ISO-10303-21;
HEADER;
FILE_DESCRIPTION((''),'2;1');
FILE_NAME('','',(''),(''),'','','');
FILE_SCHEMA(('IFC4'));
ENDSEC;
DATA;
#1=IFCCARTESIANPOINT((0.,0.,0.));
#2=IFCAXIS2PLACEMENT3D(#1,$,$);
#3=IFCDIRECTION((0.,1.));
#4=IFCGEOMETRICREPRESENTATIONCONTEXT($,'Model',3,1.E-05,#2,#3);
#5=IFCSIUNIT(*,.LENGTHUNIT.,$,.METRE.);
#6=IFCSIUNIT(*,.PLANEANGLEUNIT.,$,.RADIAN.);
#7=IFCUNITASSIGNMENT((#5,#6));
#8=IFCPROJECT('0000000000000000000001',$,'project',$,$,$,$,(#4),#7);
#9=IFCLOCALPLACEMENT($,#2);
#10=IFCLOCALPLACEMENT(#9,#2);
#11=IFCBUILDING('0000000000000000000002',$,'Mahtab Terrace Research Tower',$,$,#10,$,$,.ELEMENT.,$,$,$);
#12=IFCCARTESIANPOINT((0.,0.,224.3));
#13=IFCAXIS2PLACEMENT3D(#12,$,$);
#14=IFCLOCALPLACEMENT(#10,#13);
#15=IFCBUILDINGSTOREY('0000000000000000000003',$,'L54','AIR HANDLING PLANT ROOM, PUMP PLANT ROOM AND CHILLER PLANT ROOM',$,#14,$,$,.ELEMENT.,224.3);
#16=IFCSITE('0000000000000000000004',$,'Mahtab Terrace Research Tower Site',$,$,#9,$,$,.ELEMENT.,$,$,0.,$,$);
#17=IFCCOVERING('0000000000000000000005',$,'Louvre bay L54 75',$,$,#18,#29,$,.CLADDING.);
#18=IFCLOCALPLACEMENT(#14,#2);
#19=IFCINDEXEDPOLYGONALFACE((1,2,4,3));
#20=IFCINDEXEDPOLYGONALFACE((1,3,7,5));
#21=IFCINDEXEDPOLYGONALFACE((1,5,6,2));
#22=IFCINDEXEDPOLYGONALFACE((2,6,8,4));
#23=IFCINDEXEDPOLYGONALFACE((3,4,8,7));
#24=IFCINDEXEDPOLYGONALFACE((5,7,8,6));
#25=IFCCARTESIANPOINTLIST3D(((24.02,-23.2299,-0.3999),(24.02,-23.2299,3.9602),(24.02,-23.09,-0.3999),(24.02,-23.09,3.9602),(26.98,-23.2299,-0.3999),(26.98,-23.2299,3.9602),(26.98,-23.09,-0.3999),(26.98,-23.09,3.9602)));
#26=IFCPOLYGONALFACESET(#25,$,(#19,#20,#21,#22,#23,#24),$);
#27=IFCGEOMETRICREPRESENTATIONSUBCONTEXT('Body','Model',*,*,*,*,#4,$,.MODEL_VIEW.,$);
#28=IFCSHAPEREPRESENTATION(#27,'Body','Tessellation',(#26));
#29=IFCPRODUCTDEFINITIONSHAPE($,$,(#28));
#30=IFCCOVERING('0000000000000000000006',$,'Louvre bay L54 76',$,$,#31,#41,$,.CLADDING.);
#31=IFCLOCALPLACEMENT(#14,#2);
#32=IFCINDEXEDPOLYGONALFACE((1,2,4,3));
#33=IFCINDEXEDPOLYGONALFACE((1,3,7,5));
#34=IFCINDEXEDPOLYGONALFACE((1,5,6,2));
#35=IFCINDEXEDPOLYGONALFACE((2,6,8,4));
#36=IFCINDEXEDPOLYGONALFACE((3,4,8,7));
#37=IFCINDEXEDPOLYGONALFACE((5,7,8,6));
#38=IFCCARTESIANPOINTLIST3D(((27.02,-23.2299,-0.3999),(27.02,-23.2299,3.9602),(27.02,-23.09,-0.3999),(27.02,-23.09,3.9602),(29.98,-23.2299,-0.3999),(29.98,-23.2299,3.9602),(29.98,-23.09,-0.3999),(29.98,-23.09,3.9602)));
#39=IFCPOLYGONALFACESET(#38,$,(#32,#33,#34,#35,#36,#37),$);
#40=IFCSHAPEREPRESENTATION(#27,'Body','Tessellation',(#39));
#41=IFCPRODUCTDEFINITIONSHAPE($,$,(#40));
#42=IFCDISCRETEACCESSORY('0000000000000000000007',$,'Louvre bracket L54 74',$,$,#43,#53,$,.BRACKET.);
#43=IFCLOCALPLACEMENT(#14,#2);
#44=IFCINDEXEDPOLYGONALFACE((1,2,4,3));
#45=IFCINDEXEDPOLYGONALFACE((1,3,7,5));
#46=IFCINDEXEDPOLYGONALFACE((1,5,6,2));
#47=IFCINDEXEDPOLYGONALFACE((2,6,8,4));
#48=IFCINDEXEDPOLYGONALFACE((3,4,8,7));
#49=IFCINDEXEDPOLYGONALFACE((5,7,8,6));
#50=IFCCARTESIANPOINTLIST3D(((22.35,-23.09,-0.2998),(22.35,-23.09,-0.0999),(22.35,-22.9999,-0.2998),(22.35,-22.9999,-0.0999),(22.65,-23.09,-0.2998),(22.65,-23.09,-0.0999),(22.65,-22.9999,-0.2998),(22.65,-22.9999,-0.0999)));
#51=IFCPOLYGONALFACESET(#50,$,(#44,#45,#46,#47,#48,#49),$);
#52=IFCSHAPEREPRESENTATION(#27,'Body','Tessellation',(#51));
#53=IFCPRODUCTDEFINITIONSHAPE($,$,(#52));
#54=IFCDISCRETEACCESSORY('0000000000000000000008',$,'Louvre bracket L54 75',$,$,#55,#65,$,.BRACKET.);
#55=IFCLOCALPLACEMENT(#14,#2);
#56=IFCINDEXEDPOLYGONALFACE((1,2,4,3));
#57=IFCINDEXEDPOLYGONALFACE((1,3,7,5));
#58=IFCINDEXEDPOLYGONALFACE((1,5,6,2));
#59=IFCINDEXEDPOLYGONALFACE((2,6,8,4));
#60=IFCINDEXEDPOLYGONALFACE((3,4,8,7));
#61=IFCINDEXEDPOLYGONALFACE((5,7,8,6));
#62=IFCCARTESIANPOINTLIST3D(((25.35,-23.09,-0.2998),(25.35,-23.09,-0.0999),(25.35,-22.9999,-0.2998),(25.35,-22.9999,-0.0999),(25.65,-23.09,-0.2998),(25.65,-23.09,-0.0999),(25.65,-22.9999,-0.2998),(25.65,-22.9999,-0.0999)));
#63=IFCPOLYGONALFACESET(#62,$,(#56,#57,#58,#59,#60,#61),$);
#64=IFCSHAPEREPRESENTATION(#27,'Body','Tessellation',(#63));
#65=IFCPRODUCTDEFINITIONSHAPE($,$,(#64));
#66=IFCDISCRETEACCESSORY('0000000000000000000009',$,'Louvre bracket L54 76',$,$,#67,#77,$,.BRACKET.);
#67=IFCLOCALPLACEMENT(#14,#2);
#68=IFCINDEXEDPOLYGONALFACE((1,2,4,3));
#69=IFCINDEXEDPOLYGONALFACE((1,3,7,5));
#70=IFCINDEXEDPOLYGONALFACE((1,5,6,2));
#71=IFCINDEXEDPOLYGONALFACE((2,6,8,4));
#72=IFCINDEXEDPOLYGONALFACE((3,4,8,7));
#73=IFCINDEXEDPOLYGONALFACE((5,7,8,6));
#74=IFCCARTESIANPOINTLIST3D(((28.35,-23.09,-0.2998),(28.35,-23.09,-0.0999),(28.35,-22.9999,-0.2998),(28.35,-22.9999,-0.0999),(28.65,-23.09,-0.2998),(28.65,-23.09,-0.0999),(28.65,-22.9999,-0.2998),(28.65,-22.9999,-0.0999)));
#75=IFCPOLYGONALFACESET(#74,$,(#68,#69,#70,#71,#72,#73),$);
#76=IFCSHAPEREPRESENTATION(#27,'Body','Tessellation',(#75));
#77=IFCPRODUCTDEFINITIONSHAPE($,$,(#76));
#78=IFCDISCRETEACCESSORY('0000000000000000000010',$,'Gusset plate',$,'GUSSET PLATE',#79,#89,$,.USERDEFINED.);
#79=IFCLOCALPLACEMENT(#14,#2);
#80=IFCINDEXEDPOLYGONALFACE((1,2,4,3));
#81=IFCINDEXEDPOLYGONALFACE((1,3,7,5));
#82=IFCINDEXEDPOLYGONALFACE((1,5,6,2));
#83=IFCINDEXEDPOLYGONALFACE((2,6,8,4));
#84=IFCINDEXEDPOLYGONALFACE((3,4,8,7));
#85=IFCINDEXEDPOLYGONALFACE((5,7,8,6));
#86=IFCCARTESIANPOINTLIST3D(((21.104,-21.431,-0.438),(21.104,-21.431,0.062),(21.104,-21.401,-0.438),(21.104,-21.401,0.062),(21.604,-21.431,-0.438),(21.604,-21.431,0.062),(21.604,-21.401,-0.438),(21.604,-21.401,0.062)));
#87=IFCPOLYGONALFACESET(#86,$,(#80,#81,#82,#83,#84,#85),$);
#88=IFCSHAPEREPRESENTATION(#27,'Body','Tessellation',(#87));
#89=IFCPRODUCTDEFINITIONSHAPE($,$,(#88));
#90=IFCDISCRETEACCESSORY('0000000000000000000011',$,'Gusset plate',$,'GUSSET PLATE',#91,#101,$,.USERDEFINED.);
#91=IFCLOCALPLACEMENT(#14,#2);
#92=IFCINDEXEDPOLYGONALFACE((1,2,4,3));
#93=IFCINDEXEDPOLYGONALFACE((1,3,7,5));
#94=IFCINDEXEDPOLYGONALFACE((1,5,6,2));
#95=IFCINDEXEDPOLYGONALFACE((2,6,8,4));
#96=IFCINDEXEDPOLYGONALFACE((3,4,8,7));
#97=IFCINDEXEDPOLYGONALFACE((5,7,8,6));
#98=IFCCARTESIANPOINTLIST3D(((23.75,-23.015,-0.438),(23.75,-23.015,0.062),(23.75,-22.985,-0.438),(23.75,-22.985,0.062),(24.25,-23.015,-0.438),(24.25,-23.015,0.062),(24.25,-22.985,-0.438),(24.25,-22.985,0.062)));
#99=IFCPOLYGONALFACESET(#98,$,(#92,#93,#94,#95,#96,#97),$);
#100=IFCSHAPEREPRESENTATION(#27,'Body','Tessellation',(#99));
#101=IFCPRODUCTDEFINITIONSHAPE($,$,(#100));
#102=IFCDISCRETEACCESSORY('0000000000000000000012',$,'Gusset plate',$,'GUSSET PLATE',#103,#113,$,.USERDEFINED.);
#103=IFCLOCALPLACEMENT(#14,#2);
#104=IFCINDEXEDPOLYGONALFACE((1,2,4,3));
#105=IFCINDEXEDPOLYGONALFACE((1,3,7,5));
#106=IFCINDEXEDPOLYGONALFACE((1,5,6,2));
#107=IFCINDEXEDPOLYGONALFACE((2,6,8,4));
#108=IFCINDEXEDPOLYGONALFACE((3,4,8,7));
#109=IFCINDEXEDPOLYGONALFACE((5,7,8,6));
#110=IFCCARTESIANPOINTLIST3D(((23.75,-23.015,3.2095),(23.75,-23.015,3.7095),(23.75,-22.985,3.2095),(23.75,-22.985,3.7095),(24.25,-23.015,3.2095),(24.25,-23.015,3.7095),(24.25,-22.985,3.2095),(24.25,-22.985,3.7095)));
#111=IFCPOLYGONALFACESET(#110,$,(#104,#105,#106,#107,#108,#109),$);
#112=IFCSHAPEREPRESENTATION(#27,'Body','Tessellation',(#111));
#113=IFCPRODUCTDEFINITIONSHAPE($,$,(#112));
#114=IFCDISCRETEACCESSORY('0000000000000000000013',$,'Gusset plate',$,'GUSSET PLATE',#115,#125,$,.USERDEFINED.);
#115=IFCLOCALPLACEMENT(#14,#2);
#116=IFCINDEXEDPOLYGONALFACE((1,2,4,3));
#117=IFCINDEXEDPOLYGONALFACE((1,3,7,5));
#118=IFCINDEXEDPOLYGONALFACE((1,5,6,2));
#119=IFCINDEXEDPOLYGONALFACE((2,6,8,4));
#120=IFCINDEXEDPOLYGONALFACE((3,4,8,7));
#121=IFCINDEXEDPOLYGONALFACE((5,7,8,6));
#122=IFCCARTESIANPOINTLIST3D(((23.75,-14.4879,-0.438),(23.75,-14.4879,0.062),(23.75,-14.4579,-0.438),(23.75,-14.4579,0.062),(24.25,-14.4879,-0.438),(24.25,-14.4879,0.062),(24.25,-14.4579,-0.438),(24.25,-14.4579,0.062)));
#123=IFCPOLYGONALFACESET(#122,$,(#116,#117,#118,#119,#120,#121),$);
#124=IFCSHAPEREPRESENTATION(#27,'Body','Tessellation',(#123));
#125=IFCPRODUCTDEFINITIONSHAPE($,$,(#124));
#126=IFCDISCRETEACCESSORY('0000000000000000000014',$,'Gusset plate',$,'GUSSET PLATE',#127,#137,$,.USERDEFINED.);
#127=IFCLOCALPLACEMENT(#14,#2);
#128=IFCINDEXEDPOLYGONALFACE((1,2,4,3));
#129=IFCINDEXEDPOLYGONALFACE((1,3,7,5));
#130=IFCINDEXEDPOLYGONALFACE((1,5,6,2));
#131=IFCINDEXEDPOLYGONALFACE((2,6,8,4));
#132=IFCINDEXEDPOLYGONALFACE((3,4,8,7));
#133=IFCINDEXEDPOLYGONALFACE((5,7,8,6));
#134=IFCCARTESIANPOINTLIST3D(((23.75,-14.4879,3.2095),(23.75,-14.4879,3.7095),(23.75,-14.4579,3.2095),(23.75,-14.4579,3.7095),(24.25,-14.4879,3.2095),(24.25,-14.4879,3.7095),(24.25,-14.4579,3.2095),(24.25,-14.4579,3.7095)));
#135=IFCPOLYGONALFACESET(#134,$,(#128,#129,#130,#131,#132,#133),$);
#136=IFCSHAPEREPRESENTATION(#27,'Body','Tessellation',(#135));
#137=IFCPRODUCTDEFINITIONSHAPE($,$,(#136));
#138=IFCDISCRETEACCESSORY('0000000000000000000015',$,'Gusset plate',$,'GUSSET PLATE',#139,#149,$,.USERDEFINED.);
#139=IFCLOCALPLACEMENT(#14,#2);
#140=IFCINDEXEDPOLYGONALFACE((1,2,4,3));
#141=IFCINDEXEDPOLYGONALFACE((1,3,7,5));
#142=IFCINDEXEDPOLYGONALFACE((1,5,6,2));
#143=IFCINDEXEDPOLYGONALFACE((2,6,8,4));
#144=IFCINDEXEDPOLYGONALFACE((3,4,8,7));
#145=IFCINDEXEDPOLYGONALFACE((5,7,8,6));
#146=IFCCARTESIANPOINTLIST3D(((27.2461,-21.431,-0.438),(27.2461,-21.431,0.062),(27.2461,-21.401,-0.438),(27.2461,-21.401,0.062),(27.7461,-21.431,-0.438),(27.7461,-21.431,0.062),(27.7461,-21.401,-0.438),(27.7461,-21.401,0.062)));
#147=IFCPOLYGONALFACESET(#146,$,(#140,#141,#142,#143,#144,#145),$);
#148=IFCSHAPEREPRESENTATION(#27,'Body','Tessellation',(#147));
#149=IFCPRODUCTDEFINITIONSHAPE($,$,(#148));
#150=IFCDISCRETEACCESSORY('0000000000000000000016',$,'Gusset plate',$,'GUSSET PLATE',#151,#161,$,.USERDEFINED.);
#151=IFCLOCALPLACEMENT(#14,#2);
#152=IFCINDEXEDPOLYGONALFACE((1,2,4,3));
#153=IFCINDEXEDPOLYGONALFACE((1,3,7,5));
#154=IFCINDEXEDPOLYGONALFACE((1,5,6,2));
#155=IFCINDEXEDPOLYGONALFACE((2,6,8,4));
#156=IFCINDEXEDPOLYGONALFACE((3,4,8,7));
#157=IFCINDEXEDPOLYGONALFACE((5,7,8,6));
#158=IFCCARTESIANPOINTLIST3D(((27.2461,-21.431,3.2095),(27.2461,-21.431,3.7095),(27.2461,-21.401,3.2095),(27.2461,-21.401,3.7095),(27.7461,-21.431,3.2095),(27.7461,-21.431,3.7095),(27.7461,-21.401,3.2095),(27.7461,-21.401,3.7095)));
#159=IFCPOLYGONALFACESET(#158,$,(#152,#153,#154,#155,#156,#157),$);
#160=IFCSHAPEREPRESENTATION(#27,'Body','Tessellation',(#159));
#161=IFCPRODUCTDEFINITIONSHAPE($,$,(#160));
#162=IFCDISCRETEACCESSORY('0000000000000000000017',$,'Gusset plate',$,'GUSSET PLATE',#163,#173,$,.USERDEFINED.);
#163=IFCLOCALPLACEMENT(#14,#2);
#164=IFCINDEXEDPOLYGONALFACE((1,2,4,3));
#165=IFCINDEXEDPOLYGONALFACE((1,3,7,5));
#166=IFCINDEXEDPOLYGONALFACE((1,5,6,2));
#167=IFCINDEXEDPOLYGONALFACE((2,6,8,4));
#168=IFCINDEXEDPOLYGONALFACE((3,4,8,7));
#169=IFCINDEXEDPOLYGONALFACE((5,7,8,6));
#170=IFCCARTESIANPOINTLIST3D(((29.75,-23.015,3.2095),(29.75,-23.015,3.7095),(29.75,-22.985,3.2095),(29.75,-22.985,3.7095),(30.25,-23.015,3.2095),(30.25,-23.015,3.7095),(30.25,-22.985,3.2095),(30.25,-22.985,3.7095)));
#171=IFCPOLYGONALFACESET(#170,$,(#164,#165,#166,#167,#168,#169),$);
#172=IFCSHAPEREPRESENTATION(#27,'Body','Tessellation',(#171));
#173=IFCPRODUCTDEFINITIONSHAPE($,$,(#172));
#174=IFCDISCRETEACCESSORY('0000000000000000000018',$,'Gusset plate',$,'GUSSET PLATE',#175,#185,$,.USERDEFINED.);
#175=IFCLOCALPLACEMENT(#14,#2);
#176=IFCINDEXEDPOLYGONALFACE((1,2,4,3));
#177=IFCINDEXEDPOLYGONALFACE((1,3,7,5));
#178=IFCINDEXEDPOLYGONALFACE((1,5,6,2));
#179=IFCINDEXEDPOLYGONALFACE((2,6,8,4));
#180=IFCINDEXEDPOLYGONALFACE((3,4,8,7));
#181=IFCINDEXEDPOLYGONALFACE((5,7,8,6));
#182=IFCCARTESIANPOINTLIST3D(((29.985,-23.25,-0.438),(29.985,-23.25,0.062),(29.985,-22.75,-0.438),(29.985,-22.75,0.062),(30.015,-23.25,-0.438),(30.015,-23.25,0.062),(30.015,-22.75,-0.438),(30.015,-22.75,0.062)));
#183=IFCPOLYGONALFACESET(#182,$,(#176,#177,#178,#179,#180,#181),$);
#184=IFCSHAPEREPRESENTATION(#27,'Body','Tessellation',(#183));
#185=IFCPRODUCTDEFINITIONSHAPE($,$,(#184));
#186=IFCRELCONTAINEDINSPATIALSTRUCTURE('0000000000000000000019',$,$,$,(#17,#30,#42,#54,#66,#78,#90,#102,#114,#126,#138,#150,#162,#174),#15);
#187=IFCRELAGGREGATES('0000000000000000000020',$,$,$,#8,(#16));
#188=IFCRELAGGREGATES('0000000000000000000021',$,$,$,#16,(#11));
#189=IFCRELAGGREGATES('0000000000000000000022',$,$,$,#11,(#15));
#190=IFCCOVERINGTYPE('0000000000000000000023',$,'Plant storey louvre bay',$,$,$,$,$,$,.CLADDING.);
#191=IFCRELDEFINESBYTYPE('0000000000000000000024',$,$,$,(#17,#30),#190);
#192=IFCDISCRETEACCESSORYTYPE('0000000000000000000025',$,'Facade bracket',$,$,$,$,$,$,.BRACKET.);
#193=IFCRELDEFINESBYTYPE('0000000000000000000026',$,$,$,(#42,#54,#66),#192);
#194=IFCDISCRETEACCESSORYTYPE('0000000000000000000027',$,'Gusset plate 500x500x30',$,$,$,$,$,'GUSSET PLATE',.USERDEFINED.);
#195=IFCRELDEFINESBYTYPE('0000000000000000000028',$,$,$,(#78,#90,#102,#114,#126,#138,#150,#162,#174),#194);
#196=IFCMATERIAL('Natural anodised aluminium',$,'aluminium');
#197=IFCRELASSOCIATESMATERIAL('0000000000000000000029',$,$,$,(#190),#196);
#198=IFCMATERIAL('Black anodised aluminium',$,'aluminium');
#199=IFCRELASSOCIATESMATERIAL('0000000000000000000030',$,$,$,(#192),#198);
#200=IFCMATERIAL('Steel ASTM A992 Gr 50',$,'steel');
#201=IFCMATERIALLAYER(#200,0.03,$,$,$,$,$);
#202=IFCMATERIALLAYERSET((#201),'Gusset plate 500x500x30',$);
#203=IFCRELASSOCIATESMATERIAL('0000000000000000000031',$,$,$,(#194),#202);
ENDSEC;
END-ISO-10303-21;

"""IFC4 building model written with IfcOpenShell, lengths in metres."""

from ifc_helpers import new_model, si_unit, direction, frame, origin, origin_2d, place, context, subcontext, project, spatial, rectangle, extrude, material, layer, layer_set, type_object, element, save


model = new_model("IFC4")

# Units and contexts
model_context = context("Model", 3, precision=1e-05, world=origin(), true_north=direction((0.0, 1.0)))
body_context = subcontext(model_context, "Body", "Model", "MODEL_VIEW")
ifc_project = project(units=[si_unit("LENGTHUNIT", "METRE"), si_unit("PLANEANGLEUNIT", "RADIAN")], contexts=[model_context])

# Site, building, storey
site_placement = place(None, origin())
site = spatial("IfcSite", under=ifc_project, at=site_placement, Name="Mahtab Terrace Research Tower Site", CompositionType="ELEMENT", RefElevation=0.0)
building_placement = place(site_placement, origin())
building = spatial("IfcBuilding", under=site, at=building_placement, Name="Mahtab Terrace Research Tower", CompositionType="ELEMENT")
storey_placement = place(building_placement, frame((0.0, 0.0, 224.3)))
storey = spatial("IfcBuildingStorey", under=building, at=storey_placement, Name="L54", Description="AIR HANDLING PLANT ROOM, PUMP PLANT ROOM AND CHILLER PLANT ROOM", CompositionType="ELEMENT", Elevation=224.3)

# Shared definitions
ifc_material_1 = material(Name="Steel ASTM A992 Gr 50", Category="steel")

# Coverings
ifc_material_2 = material(Name="Natural anodised aluminium", Category="aluminium")
covering_type = type_object("IfcCoveringType", Name="Plant storey louvre bay", PredefinedType="CLADDING", material=ifc_material_2)
for number, where, z_axis, x_axis, name in (
    (1, (25.5, -23.1599, -0.3999), (0.0, 0.0, 1.0), (1.0, 0.0, 0.0), "Louvre bay L54 75"),
    (2, (28.5, -23.1599, -0.3999), (0.0, 0.0, 1.0), (1.0, 0.0, 0.0), "Louvre bay L54 76"),
):
    element("IfcCovering", number, at=place(storey_placement, frame(where, z_axis=z_axis, x_axis=x_axis)), inside=storey, type_object=covering_type, Name=name, PredefinedType="CLADDING", context=body_context, shape_type="SweptSolid", body=[
        extrude(rectangle(XDim=2.96, YDim=0.1399, at=origin_2d()), origin(), (0.0, 0.0, 1.0), 4.3601),
    ])

# Discrete accessories
ifc_material_3 = material(Name="Black anodised aluminium", Category="aluminium")
discrete_accessory_type_1 = type_object("IfcDiscreteAccessoryType", Name="Facade bracket", PredefinedType="BRACKET", material=ifc_material_3)
for number, where, z_axis, x_axis, name in (
    (3, (22.5, -23.0449, -0.2998), (0.0, 0.0, 1.0), (1.0, 0.0, 0.0), "Louvre bracket L54 74"),
    (4, (25.5, -23.0449, -0.2998), (0.0, 0.0, 1.0), (1.0, 0.0, 0.0), "Louvre bracket L54 75"),
    (5, (28.5, -23.0449, -0.2998), (0.0, 0.0, 1.0), (1.0, 0.0, 0.0), "Louvre bracket L54 76"),
):
    element("IfcDiscreteAccessory", number, at=place(storey_placement, frame(where, z_axis=z_axis, x_axis=x_axis)), inside=storey, type_object=discrete_accessory_type_1, Name=name, PredefinedType="BRACKET", context=body_context, shape_type="SweptSolid", body=[
        extrude(rectangle(XDim=0.3, YDim=0.0901, at=origin_2d()), origin(), (0.0, 0.0, 1.0), 0.2),
    ])
ifc_layer = layer(ifc_material_1, 0.03)
ifc_layer_set = layer_set([ifc_layer], Name="Gusset plate 500x500x30")
discrete_accessory_type_2 = type_object("IfcDiscreteAccessoryType", Name="Gusset plate 500x500x30", ElementType="GUSSET PLATE", PredefinedType="USERDEFINED", material=ifc_layer_set)
for number, where, z_axis, x_axis, name in (
    (6, (21.354, -21.416, -0.438), (0.0, 0.0, 1.0), (1.0, 0.0, 0.0), "Gusset plate"),
    (7, (24.0, -23.0, -0.438), (0.0, 0.0, 1.0), (1.0, 0.0, 0.0), "Gusset plate"),
    (8, (24.0, -23.0, 3.2095), (0.0, 0.0, 1.0), (1.0, 0.0, 0.0), "Gusset plate"),
    (9, (24.0, -14.4729, -0.438), (0.0, 0.0, 1.0), (1.0, 0.0, 0.0), "Gusset plate"),
    (10, (24.0, -14.4729, 3.2095), (0.0, 0.0, 1.0), (1.0, 0.0, 0.0), "Gusset plate"),
    (11, (27.4961, -21.416, -0.438), (0.0, 0.0, 1.0), (1.0, 0.0, 0.0), "Gusset plate"),
    (12, (27.4961, -21.416, 3.2095), (0.0, 0.0, 1.0), (1.0, 0.0, 0.0), "Gusset plate"),
    (13, (30.0, -23.0, 3.2095), (0.0, 0.0, 1.0), (1.0, 0.0, 0.0), "Gusset plate"),
    (14, (30.0, -23.0, -0.438), (0.0, 0.0, 1.0), (0.0, 1.0, 0.0), "Gusset plate"),
):
    element("IfcDiscreteAccessory", number, at=place(storey_placement, frame(where, z_axis=z_axis, x_axis=x_axis)), inside=storey, type_object=discrete_accessory_type_2, Name=name, ObjectType="GUSSET PLATE", PredefinedType="USERDEFINED", context=body_context, shape_type="SweptSolid", body=[
        extrude(rectangle(XDim=0.5, YDim=0.03, at=origin_2d()), origin(), (0.0, 0.0, 1.0), 0.5),
    ])

save(model, "model.ifc")
